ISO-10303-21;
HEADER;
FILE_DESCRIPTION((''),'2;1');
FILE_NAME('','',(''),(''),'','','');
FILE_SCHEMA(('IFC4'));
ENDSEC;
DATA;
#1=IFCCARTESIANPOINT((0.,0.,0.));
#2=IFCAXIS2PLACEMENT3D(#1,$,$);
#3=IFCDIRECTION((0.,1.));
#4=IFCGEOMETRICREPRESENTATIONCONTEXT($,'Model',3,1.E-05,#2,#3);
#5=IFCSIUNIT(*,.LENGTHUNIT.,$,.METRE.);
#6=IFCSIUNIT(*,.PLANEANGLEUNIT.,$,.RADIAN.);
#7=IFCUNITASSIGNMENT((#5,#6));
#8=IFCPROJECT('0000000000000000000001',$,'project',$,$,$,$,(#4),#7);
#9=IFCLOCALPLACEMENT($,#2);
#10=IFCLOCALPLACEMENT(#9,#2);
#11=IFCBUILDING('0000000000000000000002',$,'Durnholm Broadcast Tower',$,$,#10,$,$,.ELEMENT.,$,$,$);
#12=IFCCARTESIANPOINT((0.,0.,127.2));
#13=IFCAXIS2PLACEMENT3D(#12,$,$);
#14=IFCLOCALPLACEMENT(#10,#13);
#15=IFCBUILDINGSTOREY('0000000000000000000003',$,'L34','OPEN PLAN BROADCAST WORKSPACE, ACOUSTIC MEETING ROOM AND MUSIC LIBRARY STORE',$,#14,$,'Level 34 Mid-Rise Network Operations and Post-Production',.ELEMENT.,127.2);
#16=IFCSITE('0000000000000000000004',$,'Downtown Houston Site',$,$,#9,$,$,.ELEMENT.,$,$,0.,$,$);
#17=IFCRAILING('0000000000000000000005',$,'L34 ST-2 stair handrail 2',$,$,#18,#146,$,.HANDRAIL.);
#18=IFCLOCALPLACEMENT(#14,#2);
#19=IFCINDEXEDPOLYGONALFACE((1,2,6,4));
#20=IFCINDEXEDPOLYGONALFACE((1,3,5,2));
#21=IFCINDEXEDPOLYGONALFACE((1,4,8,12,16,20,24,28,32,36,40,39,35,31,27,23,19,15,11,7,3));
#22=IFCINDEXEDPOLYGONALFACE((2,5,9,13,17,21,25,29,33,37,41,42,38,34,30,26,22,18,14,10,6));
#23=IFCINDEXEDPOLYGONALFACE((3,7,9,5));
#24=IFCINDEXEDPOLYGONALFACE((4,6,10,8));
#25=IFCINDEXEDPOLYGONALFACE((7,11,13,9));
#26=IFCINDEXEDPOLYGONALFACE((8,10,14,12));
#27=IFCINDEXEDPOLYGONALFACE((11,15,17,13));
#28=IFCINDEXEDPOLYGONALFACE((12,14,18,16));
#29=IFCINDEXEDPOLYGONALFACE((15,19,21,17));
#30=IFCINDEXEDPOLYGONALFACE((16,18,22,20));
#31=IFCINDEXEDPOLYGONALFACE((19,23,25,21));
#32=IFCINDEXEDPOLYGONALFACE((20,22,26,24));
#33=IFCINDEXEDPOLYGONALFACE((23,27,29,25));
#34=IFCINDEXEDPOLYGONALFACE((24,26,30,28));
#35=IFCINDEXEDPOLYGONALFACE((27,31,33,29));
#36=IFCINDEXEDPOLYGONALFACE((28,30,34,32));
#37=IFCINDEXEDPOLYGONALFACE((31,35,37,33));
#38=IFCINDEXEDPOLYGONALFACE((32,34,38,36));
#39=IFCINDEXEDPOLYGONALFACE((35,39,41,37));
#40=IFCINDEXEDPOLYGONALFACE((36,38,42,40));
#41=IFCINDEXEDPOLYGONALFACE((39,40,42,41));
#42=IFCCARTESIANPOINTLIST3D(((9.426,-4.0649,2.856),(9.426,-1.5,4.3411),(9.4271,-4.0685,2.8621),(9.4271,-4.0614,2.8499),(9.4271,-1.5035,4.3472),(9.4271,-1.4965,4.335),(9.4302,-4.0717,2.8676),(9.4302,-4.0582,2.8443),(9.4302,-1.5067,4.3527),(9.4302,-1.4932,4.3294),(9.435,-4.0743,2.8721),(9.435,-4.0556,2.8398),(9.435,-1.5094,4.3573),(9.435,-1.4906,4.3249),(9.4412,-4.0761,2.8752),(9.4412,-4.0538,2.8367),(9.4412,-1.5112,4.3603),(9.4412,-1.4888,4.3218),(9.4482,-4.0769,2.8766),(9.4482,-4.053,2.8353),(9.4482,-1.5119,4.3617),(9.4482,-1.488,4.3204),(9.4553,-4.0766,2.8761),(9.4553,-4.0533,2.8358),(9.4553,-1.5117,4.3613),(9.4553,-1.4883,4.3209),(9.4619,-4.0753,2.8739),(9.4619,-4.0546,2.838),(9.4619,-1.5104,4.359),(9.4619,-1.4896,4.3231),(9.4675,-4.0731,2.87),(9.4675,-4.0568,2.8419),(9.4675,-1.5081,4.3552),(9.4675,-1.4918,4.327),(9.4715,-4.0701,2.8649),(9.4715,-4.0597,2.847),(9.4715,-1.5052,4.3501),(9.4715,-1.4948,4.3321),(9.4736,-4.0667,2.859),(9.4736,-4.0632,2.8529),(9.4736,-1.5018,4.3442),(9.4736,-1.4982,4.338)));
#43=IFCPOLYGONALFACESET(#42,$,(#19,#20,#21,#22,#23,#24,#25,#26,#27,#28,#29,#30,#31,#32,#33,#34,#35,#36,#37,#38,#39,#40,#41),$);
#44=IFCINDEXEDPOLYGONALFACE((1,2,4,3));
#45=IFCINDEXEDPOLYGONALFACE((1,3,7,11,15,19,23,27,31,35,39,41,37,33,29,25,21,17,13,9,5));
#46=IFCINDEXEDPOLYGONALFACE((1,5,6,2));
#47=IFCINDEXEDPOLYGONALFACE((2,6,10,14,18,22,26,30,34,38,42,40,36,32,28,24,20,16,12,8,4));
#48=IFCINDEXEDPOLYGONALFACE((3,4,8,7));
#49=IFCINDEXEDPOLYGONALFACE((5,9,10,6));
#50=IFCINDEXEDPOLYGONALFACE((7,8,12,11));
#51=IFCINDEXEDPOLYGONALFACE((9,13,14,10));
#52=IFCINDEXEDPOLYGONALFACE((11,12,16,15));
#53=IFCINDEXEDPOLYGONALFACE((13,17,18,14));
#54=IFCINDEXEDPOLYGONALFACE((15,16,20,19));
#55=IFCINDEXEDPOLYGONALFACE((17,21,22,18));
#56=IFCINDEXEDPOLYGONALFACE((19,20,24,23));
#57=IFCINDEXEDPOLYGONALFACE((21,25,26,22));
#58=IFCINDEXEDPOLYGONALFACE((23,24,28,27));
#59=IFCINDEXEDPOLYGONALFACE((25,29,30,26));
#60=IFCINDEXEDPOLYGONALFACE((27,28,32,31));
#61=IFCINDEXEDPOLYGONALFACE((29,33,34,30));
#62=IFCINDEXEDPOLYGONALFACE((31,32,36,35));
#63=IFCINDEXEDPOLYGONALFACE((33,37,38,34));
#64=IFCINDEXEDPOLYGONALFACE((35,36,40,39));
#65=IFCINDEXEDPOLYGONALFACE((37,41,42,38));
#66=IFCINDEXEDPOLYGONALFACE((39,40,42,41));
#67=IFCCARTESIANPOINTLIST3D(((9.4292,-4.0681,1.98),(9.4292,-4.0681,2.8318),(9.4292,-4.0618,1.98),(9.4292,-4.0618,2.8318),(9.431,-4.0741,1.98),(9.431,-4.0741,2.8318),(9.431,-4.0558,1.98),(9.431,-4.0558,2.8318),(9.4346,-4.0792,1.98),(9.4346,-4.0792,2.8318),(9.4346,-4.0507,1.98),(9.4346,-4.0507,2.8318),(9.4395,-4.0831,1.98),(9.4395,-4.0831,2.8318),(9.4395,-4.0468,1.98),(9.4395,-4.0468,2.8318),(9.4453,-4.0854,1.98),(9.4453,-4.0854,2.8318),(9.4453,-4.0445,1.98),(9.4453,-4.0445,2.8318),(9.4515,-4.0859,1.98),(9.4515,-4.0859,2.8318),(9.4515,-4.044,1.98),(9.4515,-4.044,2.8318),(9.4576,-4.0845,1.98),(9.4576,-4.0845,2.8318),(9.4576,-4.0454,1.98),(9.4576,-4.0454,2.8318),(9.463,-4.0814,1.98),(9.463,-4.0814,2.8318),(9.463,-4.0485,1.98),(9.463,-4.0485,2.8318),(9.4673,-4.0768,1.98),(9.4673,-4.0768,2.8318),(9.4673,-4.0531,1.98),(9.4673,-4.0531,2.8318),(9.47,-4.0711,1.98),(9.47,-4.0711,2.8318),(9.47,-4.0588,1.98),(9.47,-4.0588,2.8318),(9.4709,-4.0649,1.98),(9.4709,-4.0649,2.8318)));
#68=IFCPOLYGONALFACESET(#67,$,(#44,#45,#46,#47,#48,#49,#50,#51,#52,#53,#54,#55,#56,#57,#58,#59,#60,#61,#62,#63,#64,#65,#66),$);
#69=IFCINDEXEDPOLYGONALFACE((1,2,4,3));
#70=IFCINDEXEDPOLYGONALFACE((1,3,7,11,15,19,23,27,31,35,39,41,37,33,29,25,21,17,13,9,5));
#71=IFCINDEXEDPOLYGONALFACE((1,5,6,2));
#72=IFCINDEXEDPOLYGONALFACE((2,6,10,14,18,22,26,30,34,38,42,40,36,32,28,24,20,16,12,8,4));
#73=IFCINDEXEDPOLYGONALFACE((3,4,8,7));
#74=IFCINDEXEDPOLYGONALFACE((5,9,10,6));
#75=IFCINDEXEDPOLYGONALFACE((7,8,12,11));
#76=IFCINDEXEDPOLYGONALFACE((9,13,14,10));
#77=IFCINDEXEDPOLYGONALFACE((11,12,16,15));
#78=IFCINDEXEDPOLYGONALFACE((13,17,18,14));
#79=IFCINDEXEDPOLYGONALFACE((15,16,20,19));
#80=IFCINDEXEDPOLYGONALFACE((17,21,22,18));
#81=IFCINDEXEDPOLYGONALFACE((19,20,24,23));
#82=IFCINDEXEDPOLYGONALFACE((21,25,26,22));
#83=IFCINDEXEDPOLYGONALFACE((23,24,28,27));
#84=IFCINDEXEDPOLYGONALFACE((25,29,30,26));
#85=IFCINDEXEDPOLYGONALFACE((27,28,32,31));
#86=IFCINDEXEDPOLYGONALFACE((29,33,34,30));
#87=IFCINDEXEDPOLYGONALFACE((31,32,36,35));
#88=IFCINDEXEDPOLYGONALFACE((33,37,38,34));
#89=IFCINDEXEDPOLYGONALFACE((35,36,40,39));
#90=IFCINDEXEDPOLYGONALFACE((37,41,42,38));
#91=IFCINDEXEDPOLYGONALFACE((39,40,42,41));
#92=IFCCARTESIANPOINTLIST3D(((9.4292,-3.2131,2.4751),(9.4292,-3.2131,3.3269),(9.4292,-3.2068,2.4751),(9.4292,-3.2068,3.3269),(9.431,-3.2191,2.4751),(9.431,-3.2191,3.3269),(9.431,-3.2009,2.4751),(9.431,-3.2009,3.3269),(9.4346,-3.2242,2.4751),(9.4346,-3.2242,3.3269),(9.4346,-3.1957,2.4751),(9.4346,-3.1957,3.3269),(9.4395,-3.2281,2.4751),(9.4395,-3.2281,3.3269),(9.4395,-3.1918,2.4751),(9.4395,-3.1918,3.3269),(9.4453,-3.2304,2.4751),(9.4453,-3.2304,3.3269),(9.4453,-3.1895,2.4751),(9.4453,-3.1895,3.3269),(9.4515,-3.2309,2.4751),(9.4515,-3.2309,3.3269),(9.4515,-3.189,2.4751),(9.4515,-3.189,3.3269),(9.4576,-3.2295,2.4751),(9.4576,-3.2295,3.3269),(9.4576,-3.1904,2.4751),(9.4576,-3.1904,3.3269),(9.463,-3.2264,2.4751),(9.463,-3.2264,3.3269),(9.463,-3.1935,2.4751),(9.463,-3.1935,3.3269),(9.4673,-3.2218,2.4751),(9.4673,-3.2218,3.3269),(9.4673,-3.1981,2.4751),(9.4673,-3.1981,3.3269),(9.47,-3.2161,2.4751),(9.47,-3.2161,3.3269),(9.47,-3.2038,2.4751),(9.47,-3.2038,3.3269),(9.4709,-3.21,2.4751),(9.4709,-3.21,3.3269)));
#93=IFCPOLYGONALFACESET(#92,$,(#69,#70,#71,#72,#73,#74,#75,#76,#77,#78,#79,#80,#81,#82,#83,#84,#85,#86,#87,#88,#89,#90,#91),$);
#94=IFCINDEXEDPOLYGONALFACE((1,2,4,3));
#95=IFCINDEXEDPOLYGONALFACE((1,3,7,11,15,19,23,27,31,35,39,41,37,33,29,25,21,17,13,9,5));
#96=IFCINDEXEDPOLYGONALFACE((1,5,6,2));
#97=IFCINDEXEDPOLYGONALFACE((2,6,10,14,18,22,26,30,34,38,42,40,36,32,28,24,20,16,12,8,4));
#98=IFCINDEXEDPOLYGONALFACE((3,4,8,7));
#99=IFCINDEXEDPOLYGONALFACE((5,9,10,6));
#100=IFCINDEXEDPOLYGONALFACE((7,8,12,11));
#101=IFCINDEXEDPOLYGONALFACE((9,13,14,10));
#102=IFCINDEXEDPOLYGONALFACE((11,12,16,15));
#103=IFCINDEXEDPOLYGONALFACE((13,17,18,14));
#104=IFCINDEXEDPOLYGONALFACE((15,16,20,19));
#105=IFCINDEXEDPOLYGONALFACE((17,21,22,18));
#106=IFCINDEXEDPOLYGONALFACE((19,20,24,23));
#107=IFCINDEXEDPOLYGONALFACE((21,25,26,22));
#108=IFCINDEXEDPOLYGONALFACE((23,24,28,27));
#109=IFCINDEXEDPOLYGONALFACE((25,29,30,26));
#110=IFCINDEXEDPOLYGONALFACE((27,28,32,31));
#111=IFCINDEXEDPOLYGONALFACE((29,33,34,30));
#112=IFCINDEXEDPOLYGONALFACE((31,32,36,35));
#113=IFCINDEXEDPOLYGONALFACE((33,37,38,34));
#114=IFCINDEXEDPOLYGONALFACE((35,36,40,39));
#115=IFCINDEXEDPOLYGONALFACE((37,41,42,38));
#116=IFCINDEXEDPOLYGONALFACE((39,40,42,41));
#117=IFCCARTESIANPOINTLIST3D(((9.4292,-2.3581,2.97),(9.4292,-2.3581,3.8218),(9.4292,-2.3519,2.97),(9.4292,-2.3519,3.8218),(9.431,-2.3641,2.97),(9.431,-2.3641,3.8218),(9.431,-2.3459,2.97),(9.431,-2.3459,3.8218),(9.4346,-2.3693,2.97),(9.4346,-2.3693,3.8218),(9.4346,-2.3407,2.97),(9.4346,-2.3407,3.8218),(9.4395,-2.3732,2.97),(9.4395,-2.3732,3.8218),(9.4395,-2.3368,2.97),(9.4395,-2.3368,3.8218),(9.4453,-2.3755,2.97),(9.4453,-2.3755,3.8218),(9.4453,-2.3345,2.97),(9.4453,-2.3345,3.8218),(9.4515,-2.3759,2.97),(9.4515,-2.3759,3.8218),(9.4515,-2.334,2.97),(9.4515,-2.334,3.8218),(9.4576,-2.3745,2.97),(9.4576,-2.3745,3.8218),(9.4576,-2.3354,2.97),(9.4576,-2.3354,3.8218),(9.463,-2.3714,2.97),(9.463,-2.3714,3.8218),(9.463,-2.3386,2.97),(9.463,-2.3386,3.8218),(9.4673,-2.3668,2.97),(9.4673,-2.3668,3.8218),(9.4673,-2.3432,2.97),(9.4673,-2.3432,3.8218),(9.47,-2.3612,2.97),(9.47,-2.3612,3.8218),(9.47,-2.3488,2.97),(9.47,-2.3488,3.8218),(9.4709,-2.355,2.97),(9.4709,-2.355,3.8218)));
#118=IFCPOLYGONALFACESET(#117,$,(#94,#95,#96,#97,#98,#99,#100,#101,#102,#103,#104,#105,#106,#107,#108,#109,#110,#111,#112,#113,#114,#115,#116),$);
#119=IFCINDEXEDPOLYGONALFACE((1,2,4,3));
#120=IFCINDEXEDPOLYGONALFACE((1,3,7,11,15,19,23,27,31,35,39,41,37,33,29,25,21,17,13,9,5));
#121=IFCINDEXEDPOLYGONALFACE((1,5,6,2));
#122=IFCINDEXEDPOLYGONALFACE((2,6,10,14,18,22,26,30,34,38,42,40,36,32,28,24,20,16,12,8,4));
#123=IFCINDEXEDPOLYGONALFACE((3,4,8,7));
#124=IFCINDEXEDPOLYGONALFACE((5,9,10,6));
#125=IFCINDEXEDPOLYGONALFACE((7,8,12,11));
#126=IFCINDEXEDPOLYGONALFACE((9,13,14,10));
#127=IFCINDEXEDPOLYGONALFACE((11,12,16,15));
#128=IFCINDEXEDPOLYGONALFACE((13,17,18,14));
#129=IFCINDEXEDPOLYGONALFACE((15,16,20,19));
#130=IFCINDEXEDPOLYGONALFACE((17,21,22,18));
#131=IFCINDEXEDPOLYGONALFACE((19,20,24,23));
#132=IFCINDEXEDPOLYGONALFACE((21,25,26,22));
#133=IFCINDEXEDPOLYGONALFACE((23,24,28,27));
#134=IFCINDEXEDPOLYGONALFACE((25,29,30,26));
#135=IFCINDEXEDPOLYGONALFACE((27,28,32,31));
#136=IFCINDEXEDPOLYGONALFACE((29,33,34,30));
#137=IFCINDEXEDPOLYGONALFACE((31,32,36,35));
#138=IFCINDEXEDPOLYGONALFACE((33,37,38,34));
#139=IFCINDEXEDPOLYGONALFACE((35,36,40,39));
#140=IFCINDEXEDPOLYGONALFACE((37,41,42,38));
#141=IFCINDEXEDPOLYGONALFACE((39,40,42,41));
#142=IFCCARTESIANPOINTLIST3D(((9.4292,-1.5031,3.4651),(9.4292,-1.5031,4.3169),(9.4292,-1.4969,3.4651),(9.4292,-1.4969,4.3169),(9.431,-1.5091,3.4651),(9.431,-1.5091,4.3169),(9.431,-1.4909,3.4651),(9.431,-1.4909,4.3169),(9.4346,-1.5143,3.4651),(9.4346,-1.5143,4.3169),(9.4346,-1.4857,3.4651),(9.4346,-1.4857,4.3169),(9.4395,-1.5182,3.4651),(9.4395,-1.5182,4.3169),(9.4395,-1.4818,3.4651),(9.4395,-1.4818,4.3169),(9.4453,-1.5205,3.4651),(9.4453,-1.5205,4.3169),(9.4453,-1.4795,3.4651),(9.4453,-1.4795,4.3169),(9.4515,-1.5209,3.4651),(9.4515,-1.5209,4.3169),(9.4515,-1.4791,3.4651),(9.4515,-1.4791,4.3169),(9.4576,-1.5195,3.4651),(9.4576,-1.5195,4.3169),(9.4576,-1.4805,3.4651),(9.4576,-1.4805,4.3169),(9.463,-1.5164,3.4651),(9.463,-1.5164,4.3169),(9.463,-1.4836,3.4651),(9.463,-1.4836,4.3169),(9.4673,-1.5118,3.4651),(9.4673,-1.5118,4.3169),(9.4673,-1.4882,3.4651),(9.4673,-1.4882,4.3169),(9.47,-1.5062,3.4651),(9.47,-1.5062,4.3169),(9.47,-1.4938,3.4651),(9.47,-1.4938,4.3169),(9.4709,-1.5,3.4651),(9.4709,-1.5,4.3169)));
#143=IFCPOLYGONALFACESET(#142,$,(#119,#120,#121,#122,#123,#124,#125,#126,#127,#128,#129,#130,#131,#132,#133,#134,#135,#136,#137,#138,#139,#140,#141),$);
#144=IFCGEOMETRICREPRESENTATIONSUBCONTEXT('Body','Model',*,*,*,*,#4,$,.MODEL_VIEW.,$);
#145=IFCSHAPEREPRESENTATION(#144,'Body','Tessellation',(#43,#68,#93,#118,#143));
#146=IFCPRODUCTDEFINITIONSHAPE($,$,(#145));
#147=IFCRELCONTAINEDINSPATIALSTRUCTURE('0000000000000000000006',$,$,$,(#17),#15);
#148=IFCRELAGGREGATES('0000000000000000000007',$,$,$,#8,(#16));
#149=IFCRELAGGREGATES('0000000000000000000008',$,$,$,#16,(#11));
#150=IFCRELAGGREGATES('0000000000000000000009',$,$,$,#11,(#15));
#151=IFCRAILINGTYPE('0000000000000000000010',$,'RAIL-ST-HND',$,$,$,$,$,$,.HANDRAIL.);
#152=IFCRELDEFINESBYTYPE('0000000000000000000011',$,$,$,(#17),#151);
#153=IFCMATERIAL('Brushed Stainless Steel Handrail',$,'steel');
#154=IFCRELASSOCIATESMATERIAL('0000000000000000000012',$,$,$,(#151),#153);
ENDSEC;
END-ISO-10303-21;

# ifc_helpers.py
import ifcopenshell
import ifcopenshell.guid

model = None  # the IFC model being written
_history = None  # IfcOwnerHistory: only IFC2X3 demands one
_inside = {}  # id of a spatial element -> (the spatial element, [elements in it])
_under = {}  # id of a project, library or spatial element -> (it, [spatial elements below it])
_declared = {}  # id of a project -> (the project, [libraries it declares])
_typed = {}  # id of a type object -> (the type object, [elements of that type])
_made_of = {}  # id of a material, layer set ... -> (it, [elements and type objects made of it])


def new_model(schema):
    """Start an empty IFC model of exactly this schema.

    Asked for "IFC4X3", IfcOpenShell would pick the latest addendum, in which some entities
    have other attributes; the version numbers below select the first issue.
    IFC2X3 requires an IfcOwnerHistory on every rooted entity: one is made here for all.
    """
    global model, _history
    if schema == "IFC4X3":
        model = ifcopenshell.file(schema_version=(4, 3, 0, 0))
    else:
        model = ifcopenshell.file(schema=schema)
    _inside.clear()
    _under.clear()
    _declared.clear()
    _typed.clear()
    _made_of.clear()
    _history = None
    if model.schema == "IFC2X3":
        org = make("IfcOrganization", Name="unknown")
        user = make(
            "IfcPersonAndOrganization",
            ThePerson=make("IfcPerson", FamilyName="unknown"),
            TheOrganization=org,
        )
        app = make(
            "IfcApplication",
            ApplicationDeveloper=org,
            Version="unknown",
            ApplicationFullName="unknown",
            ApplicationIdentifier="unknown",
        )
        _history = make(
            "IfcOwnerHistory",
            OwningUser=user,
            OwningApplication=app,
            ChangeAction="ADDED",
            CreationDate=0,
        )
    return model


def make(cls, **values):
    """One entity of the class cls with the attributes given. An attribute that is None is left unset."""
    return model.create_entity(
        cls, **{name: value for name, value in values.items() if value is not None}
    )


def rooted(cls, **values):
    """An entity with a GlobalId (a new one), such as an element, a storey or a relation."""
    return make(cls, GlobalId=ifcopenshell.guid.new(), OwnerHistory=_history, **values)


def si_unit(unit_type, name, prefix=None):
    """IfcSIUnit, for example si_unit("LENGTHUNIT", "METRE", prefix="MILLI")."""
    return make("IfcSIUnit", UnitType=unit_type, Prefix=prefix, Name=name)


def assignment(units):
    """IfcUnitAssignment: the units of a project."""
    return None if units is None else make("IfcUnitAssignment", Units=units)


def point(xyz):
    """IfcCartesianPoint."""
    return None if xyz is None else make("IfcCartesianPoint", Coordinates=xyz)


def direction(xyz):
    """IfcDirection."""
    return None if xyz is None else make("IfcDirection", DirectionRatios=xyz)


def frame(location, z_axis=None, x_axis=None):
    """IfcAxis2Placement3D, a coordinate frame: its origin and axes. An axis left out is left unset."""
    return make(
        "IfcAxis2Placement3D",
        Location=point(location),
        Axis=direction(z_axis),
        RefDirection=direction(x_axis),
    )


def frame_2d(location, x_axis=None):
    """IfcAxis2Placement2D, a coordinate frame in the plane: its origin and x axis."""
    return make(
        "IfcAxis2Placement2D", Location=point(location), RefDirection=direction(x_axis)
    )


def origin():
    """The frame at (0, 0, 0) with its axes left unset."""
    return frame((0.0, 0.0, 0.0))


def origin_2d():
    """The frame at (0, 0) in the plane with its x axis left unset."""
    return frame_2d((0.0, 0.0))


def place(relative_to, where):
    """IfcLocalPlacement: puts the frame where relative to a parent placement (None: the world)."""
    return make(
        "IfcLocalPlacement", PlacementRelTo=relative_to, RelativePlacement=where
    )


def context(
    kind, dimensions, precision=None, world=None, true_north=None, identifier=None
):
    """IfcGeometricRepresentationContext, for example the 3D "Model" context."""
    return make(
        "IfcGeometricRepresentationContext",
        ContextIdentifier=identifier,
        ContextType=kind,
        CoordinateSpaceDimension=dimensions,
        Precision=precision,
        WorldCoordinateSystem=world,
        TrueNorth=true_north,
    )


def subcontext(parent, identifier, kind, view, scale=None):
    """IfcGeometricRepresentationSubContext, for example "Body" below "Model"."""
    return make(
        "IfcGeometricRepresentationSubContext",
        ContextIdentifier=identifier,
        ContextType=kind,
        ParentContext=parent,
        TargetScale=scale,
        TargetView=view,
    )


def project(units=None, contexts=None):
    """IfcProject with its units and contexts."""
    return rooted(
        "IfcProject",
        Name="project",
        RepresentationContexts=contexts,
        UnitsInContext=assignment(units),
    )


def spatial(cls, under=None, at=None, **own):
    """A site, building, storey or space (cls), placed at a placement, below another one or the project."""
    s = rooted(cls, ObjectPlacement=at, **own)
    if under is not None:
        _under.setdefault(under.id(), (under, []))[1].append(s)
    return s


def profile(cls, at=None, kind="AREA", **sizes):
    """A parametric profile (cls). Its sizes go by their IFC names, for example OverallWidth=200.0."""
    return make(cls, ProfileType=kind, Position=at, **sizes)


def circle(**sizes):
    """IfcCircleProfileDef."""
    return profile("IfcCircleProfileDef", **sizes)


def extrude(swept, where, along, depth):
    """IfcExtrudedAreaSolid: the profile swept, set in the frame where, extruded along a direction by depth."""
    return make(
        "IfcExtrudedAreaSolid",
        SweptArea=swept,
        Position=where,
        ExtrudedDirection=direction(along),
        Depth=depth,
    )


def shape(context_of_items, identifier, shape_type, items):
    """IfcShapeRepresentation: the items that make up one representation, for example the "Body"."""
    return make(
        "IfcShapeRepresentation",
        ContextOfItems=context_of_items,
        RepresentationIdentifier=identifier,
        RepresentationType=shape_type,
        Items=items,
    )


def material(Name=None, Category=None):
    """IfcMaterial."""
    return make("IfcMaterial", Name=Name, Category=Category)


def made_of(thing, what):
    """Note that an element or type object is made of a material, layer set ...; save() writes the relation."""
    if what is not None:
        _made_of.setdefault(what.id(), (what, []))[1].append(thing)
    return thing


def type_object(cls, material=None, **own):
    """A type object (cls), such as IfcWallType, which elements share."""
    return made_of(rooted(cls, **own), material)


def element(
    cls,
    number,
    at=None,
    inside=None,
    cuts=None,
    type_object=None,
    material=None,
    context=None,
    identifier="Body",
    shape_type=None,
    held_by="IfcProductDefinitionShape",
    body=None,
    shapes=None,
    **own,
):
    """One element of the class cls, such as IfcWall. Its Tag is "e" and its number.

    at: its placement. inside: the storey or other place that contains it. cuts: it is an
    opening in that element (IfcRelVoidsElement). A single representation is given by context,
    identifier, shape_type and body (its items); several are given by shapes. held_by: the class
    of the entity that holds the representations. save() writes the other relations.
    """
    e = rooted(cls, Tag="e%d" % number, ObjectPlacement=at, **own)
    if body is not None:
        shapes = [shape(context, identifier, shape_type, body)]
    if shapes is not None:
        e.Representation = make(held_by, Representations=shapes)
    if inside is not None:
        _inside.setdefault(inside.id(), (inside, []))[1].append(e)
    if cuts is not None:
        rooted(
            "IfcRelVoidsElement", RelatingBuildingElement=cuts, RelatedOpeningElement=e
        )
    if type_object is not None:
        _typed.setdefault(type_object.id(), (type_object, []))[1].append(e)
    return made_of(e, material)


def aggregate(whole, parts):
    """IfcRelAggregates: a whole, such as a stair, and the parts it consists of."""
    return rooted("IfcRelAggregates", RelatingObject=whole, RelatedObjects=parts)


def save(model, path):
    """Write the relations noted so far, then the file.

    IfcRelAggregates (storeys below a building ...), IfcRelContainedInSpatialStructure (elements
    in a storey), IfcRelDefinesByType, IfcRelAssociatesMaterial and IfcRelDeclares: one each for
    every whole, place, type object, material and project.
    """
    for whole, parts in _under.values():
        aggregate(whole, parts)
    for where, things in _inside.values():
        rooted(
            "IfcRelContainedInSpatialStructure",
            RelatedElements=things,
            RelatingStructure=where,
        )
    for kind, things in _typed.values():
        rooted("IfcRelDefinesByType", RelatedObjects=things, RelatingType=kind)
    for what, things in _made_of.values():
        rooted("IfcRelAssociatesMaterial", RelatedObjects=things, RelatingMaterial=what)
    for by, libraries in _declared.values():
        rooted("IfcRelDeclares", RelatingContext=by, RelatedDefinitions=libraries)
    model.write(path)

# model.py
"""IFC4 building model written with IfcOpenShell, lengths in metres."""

from ifc_helpers import new_model, si_unit, direction, frame, origin, origin_2d, place, context, subcontext, project, spatial, circle, extrude, material, type_object, element, save


model = new_model("IFC4")

# Units and contexts
model_context = context("Model", 3, precision=1e-05, world=origin(), true_north=direction((0.0, 1.0)))
body_context = subcontext(model_context, "Body", "Model", "MODEL_VIEW")
ifc_project = project(units=[si_unit("LENGTHUNIT", "METRE"), si_unit("PLANEANGLEUNIT", "RADIAN")], contexts=[model_context])

# Site, building, storey
site_placement = place(None, origin())
site = spatial("IfcSite", under=ifc_project, at=site_placement, Name="Downtown Houston Site", CompositionType="ELEMENT", RefElevation=0.0)
building_placement = place(site_placement, origin())
building = spatial("IfcBuilding", under=site, at=building_placement, Name="Durnholm Broadcast Tower", CompositionType="ELEMENT")
storey_placement = place(building_placement, frame((0.0, 0.0, 127.2)))
storey = spatial("IfcBuildingStorey", under=building, at=storey_placement, Name="L34", Description="OPEN PLAN BROADCAST WORKSPACE, ACOUSTIC MEETING ROOM AND MUSIC LIBRARY STORE", LongName="Level 34 Mid-Rise Network Operations and Post-Production", CompositionType="ELEMENT", Elevation=127.2)

# Railing
ifc_material_1 = material(Name="Brushed Stainless Steel Handrail", Category="steel")
railing_type_1 = type_object("IfcRailingType", Name="RAIL-ST-HND", PredefinedType="HANDRAIL", material=ifc_material_1)
railing_1_placement = place(storey_placement, frame((9.45, -4.0649, 1.98)))
element("IfcRailing", 1, at=railing_1_placement, inside=storey, type_object=railing_type_1, Name="L34 ST-2 stair handrail 2", PredefinedType="HANDRAIL", context=body_context, shape_type="SweptSolid", body=[
    extrude(circle(Radius=0.0239, at=origin_2d()), frame((0.0, 0.0, 0.876), z_axis=(0.0, 0.865406, 0.501072), x_axis=(-1.0, 0.0, 0.0)), (0.0, 0.0, 1.0), 2.9639),
    extrude(circle(Radius=0.021, at=origin_2d()), origin(), (0.0, 0.0, 1.0), 0.8518),
    extrude(circle(Radius=0.021, at=origin_2d()), frame((0.0, 0.855, 0.4951)), (0.0, 0.0, 1.0), 0.8518),
    extrude(circle(Radius=0.021, at=origin_2d()), frame((0.0, 1.71, 0.99)), (0.0, 0.0, 1.0), 0.8518),
    extrude(circle(Radius=0.021, at=origin_2d()), frame((0.0, 2.5649, 1.4851)), (0.0, 0.0, 1.0), 0.8518),
])

save(model, "model.ifc")
